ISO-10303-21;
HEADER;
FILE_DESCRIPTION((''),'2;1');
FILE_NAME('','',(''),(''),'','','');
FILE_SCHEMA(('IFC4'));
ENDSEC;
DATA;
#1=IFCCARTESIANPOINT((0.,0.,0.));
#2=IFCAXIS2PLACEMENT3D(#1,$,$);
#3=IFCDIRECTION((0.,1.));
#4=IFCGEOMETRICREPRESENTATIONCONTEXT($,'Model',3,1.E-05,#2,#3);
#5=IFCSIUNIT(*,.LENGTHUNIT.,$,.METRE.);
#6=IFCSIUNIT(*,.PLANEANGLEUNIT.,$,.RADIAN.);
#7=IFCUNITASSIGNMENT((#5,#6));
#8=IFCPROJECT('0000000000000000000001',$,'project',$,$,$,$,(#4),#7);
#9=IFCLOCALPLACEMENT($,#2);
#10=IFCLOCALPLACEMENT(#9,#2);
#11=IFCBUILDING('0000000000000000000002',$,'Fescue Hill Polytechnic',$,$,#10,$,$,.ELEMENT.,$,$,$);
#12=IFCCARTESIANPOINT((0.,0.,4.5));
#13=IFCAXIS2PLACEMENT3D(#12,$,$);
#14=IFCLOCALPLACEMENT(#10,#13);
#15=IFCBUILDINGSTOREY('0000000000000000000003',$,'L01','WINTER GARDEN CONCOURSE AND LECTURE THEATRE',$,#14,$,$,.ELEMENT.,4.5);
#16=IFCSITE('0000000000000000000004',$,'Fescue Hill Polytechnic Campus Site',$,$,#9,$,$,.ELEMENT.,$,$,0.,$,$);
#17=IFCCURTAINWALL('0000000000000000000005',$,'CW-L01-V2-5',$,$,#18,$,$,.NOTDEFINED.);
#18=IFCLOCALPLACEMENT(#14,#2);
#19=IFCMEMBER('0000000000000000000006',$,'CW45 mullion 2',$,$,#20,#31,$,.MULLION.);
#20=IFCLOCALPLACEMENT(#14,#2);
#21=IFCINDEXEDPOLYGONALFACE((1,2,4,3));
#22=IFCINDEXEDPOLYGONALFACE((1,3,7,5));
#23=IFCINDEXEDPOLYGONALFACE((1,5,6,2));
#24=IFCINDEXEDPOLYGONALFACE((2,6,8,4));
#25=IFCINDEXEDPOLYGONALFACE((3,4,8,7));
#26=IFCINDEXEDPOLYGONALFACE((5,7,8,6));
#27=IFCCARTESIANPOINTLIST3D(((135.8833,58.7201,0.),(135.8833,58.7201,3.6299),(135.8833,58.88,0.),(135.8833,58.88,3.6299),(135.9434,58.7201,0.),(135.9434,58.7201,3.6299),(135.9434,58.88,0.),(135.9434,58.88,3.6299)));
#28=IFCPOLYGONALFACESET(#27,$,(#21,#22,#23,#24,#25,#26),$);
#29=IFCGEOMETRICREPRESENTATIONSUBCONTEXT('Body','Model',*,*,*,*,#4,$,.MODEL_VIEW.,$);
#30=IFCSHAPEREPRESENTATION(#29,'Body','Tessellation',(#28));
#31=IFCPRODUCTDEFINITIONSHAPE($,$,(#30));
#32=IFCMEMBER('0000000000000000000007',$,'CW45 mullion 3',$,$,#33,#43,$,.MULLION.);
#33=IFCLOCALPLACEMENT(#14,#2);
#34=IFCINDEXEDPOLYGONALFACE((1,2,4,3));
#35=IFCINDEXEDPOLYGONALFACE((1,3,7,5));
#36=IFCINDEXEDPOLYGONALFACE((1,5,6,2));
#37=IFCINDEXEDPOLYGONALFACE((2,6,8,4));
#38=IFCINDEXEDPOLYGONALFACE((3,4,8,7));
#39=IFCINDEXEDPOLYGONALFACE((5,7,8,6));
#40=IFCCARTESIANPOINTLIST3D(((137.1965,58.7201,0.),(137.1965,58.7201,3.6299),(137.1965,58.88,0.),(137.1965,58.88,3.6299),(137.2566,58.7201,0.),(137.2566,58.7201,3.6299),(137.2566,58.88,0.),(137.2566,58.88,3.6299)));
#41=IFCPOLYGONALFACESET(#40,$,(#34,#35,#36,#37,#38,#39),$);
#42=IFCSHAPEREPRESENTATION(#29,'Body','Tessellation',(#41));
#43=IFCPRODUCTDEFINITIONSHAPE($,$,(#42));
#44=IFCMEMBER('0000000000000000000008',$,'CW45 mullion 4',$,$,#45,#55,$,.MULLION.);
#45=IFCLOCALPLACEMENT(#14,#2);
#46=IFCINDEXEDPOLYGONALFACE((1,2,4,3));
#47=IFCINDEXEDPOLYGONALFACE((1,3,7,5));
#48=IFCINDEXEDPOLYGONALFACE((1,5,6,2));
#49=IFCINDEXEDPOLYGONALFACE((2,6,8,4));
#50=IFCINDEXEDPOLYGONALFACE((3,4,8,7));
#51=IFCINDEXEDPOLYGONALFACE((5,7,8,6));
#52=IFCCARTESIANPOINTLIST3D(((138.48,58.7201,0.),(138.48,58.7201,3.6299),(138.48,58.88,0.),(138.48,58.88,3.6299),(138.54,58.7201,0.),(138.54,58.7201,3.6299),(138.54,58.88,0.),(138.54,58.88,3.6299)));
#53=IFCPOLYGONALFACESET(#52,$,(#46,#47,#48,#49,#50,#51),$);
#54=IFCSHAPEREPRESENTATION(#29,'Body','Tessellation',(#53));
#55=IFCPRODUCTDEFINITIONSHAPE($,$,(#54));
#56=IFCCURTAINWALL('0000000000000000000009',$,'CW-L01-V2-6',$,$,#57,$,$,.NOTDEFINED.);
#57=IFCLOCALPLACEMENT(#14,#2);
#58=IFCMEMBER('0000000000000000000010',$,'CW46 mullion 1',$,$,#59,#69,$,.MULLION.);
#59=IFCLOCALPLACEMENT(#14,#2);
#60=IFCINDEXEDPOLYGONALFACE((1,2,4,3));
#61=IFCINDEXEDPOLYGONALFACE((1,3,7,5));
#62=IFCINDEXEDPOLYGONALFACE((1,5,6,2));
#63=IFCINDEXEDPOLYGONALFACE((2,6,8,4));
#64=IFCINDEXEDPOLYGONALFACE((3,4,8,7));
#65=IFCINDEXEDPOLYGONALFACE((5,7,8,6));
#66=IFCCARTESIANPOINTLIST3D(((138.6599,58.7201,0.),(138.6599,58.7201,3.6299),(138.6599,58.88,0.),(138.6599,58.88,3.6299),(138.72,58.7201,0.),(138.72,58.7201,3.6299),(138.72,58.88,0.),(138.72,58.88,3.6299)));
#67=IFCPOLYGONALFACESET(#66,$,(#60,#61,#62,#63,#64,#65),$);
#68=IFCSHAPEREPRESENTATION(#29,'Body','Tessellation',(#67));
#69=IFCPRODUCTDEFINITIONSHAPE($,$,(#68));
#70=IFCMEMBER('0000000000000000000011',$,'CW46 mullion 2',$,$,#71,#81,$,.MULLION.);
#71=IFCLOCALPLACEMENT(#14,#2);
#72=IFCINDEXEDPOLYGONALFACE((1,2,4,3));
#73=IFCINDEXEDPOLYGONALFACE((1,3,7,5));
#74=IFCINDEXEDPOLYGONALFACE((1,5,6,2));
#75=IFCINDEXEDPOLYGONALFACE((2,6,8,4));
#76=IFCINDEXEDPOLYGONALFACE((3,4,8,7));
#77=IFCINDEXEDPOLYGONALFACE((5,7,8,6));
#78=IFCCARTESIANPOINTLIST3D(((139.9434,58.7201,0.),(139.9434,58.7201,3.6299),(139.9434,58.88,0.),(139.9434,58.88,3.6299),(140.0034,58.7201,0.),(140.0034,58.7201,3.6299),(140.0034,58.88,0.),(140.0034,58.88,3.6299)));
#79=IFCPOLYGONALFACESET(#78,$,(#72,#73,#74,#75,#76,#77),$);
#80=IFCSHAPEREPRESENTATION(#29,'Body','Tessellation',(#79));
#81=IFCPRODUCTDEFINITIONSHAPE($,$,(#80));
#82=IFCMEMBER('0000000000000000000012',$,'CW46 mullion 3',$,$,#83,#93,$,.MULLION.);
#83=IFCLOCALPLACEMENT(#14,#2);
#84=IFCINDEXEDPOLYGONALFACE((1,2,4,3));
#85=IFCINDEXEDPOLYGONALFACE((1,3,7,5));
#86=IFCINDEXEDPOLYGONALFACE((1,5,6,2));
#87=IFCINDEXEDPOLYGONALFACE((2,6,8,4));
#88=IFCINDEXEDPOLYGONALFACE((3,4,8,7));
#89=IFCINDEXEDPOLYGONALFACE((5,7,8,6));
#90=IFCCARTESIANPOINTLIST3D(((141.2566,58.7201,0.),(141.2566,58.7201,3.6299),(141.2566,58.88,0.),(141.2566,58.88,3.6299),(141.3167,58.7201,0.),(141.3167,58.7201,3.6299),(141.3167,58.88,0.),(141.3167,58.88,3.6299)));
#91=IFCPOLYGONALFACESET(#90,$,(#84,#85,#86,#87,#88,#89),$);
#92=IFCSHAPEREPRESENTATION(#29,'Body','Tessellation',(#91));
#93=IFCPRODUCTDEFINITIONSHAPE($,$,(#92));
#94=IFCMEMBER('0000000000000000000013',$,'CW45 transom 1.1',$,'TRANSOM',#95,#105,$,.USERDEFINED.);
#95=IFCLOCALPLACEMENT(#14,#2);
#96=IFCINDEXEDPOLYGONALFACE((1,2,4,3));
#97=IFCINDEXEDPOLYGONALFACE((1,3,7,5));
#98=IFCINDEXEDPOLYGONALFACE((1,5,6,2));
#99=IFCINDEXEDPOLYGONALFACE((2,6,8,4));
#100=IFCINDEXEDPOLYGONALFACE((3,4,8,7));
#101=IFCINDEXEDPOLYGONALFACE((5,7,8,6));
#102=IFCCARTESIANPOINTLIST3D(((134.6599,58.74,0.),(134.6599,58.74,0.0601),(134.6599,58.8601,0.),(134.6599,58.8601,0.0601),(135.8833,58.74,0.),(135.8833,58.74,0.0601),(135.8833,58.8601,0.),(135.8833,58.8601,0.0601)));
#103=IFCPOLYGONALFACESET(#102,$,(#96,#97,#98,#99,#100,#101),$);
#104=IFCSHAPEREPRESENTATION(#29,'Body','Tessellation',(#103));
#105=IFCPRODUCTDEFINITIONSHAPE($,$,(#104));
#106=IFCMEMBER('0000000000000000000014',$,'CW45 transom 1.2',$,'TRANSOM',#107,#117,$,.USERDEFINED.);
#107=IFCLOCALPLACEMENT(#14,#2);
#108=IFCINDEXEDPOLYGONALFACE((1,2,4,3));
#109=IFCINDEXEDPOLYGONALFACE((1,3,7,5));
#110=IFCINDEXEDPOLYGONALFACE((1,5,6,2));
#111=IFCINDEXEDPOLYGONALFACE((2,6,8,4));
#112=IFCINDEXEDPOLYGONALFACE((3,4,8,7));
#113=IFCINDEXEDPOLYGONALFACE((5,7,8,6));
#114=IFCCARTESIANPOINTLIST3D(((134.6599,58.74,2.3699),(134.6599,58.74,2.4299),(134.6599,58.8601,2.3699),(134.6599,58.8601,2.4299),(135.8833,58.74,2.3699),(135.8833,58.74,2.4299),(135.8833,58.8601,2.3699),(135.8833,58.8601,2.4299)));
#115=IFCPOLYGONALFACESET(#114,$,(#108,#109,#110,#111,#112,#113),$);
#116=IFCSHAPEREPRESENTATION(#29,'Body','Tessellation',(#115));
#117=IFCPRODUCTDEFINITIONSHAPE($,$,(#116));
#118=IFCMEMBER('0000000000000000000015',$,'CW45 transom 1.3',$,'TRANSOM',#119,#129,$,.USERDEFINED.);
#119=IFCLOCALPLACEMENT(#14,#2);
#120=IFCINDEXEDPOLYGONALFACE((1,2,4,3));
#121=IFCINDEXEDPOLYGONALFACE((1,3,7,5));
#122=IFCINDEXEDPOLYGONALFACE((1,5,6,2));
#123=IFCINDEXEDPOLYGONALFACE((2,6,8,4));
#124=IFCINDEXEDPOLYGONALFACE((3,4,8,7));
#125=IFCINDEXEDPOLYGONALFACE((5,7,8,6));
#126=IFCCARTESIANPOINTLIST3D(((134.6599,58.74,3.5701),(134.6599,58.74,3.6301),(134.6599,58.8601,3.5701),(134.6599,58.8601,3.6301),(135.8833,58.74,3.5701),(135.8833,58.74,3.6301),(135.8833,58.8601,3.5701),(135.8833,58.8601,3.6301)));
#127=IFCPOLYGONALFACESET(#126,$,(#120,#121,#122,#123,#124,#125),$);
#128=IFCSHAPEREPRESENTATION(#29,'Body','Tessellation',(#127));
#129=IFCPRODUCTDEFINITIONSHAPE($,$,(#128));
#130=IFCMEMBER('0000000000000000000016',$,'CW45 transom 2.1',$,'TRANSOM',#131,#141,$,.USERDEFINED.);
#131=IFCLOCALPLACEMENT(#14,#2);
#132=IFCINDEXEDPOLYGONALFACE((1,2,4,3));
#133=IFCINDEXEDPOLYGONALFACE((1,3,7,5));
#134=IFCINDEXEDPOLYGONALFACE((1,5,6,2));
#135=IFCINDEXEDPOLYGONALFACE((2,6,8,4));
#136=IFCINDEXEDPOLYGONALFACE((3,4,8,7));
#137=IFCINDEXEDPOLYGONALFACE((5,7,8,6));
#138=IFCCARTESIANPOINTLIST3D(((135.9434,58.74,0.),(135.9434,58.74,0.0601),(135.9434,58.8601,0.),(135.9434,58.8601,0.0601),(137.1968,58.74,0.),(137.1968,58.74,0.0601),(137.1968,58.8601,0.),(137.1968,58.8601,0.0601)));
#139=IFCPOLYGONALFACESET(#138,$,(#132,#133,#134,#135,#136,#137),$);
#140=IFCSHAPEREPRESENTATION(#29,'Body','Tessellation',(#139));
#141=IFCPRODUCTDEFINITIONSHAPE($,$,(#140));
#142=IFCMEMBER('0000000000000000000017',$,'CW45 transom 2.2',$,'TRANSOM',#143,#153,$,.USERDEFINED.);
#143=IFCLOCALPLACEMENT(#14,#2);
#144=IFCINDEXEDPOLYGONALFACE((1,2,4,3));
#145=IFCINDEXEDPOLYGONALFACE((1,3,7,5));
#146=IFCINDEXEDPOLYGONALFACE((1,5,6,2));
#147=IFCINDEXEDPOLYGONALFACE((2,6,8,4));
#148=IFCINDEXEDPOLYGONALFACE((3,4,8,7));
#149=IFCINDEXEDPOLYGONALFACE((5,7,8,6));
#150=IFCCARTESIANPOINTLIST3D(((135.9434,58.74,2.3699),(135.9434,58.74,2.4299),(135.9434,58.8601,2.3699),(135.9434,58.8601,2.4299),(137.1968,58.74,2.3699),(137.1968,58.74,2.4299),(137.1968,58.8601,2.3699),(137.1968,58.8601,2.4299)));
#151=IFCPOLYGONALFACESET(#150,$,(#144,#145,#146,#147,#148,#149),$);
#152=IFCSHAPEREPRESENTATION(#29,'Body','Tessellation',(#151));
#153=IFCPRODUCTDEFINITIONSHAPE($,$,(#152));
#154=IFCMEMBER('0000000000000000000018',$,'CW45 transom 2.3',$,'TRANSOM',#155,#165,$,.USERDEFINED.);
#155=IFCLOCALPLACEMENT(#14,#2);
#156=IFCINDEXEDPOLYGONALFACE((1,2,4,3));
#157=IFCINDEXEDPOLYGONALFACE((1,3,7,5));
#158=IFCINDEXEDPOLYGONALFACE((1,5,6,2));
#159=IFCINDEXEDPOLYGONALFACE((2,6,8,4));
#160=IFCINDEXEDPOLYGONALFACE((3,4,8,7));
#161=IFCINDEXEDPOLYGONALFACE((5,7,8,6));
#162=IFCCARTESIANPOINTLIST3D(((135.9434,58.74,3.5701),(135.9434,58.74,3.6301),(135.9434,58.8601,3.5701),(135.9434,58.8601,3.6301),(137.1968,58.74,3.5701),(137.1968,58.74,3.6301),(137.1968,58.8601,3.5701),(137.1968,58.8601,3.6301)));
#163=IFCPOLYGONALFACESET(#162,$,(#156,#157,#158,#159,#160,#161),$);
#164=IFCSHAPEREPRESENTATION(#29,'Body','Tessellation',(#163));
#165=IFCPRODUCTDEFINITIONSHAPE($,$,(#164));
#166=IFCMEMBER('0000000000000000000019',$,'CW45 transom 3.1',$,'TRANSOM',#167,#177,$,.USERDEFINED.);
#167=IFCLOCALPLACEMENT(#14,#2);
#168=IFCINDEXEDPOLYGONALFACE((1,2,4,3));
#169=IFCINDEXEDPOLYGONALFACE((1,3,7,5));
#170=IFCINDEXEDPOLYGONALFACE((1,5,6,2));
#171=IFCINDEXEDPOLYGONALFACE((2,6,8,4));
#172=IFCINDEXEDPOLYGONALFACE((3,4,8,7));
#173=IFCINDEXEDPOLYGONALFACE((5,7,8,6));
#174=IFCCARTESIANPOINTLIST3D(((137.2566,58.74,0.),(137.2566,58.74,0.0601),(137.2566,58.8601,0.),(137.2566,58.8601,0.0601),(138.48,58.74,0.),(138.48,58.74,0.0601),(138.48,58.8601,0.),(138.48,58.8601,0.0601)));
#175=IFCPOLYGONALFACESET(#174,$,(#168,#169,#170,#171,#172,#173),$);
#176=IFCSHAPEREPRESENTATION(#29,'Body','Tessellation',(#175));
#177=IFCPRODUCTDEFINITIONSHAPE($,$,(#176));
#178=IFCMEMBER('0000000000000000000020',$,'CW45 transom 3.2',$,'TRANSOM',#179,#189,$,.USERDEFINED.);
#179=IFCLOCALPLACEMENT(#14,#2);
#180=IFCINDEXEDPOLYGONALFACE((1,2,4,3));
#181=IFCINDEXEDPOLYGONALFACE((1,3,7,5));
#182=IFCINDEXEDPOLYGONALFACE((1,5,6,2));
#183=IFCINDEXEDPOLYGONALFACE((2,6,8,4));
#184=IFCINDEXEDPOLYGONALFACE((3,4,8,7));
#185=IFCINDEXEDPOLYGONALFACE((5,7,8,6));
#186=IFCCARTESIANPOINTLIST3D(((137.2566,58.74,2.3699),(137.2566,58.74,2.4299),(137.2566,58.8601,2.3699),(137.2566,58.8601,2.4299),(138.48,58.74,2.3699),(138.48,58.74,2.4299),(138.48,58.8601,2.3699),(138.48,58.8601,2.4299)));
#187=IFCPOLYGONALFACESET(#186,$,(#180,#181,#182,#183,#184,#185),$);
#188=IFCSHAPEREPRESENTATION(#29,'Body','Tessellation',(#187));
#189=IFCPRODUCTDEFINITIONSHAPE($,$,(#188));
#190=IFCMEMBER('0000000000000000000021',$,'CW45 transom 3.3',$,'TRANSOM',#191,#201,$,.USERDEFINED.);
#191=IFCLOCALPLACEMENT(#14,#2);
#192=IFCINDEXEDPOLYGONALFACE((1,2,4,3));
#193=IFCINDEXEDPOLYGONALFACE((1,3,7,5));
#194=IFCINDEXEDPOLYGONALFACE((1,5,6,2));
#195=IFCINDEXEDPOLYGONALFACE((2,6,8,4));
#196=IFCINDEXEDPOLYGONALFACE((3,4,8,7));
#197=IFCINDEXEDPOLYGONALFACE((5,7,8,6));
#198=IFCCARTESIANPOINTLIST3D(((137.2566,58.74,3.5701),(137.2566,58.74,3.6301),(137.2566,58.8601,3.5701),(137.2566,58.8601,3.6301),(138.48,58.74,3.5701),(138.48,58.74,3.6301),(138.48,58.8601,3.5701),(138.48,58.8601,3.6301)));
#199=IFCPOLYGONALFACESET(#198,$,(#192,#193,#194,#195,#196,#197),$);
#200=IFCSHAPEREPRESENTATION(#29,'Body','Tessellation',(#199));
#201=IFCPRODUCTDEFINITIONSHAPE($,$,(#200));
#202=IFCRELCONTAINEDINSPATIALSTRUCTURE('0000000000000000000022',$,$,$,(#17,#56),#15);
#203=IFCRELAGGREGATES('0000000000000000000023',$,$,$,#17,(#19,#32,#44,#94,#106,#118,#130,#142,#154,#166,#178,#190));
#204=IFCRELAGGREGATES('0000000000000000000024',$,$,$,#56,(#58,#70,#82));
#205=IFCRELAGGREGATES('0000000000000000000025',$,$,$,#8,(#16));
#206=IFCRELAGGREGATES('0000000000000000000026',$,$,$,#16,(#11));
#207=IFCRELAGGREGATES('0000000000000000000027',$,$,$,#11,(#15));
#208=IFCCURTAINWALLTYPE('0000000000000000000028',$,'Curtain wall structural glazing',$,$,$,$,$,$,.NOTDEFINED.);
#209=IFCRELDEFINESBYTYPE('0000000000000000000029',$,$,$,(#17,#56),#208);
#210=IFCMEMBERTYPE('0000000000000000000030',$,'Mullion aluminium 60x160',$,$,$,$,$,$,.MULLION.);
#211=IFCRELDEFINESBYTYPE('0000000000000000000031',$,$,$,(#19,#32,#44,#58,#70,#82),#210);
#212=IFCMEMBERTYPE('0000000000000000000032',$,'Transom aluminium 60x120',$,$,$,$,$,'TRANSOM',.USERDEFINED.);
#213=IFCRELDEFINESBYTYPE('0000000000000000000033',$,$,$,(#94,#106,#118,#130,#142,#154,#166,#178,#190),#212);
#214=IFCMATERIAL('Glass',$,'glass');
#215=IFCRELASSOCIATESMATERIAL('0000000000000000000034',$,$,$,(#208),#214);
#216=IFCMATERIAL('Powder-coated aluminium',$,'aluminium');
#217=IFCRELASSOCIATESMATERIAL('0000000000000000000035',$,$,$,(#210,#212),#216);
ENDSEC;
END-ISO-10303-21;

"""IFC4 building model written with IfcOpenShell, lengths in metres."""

from ifc_helpers import new_model, si_unit, direction, frame, origin, origin_2d, place, context, subcontext, project, spatial, rectangle, extrude, material, material_profile, profile_set, type_object, element, aggregate, save


model = new_model("IFC4")

# Units and contexts
model_context = context("Model", 3, precision=1e-05, world=origin(), true_north=direction((0.0, 1.0)))
body_context = subcontext(model_context, "Body", "Model", "MODEL_VIEW")
ifc_project = project(units=[si_unit("LENGTHUNIT", "METRE"), si_unit("PLANEANGLEUNIT", "RADIAN")], contexts=[model_context])

# Site, building, storey
site_placement = place(None, origin())
site = spatial("IfcSite", under=ifc_project, at=site_placement, Name="Fescue Hill Polytechnic Campus Site", CompositionType="ELEMENT", RefElevation=0.0)
building_placement = place(site_placement, origin())
building = spatial("IfcBuilding", under=site, at=building_placement, Name="Fescue Hill Polytechnic", CompositionType="ELEMENT")
storey_placement = place(building_placement, frame((0.0, 0.0, 4.5)))
storey = spatial("IfcBuildingStorey", under=building, at=storey_placement, Name="L01", Description="WINTER GARDEN CONCOURSE AND LECTURE THEATRE", CompositionType="ELEMENT", Elevation=4.5)

# Curtain walls, members
ifc_material_1 = material(Name="Glass", Category="glass")
curtain_wall_type = type_object("IfcCurtainWallType", Name="Curtain wall structural glazing", PredefinedType="NOTDEFINED", material=ifc_material_1)
curtain_wall_1_placement = place(storey_placement, origin())
curtain_wall_1 = element("IfcCurtainWall", 1, at=curtain_wall_1_placement, inside=storey, type_object=curtain_wall_type, Name="CW-L01-V2-5", PredefinedType="NOTDEFINED")
ifc_material_2 = material(Name="Powder-coated aluminium", Category="aluminium")
ifc_material_profile_1 = material_profile(ifc_material_2, rectangle(XDim=0.1599, YDim=0.0601, at=origin_2d()), Name="Mullion aluminium 60x160")
ifc_profile_set_1 = profile_set([ifc_material_profile_1], Name="Powder-coated aluminium")
member_type_1 = type_object("IfcMemberType", Name="Mullion aluminium 60x160", PredefinedType="MULLION", material=ifc_profile_set_1)
member_1_placement = place(storey_placement, frame((135.9133, 58.8, 0.0), z_axis=(0.0, 0.0, 1.0), x_axis=(0.0, 1.0, 0.0)))
member_1 = element("IfcMember", 2, at=member_1_placement, type_object=member_type_1, Name="CW45 mullion 2", PredefinedType="MULLION", context=body_context, shape_type="SweptSolid", body=[
    extrude(rectangle(XDim=0.1599, YDim=0.0601, at=origin_2d()), origin(), (0.0, 0.0, 1.0), 3.6299),
])
member_2_placement = place(storey_placement, frame((137.2266, 58.8, 0.0), z_axis=(0.0, 0.0, 1.0), x_axis=(0.0, 1.0, 0.0)))
member_2 = element("IfcMember", 3, at=member_2_placement, type_object=member_type_1, Name="CW45 mullion 3", PredefinedType="MULLION", context=body_context, shape_type="SweptSolid", body=[
    extrude(rectangle(XDim=0.1599, YDim=0.0601, at=origin_2d()), origin(), (0.0, 0.0, 1.0), 3.6299),
])
member_3_placement = place(storey_placement, frame((138.51, 58.8, 0.0), z_axis=(0.0, 0.0, 1.0), x_axis=(0.0, 1.0, 0.0)))
member_3 = element("IfcMember", 4, at=member_3_placement, type_object=member_type_1, Name="CW45 mullion 4", PredefinedType="MULLION", context=body_context, shape_type="SweptSolid", body=[
    extrude(rectangle(XDim=0.1599, YDim=0.0601, at=origin_2d()), origin(), (0.0, 0.0, 1.0), 3.6299),
])
curtain_wall_2_placement = place(storey_placement, origin())
curtain_wall_2 = element("IfcCurtainWall", 5, at=curtain_wall_2_placement, inside=storey, type_object=curtain_wall_type, Name="CW-L01-V2-6", PredefinedType="NOTDEFINED")
member_4_placement = place(storey_placement, frame((138.6899, 58.8, 0.0), z_axis=(0.0, 0.0, 1.0), x_axis=(0.0, 1.0, 0.0)))
member_4 = element("IfcMember", 6, at=member_4_placement, type_object=member_type_1, Name="CW46 mullion 1", PredefinedType="MULLION", context=body_context, shape_type="SweptSolid", body=[
    extrude(rectangle(XDim=0.1599, YDim=0.0601, at=origin_2d()), origin(), (0.0, 0.0, 1.0), 3.6299),
])
member_5_placement = place(storey_placement, frame((139.9734, 58.8, 0.0), z_axis=(0.0, 0.0, 1.0), x_axis=(0.0, 1.0, 0.0)))
member_5 = element("IfcMember", 7, at=member_5_placement, type_object=member_type_1, Name="CW46 mullion 2", PredefinedType="MULLION", context=body_context, shape_type="SweptSolid", body=[
    extrude(rectangle(XDim=0.1599, YDim=0.0601, at=origin_2d()), origin(), (0.0, 0.0, 1.0), 3.6299),
])
member_6_placement = place(storey_placement, frame((141.2866, 58.8, 0.0), z_axis=(0.0, 0.0, 1.0), x_axis=(0.0, 1.0, 0.0)))
member_6 = element("IfcMember", 8, at=member_6_placement, type_object=member_type_1, Name="CW46 mullion 3", PredefinedType="MULLION", context=body_context, shape_type="SweptSolid", body=[
    extrude(rectangle(XDim=0.1599, YDim=0.0601, at=origin_2d()), origin(), (0.0, 0.0, 1.0), 3.6299),
])

# Members
ifc_material_profile_2 = material_profile(ifc_material_2, rectangle(XDim=0.1201, YDim=0.0601, at=origin_2d()), Name="Transom aluminium 60x120")
ifc_profile_set_2 = profile_set([ifc_material_profile_2], Name="Powder-coated aluminium")
member_type_2 = type_object("IfcMemberType", Name="Transom aluminium 60x120", ElementType="TRANSOM", PredefinedType="USERDEFINED", material=ifc_profile_set_2)
member_7_placement = place(storey_placement, frame((134.6599, 58.8, 0.03), z_axis=(1.0, 0.0, 0.0), x_axis=(0.0, 1.0, 0.0)))
member_7 = element("IfcMember", 9, at=member_7_placement, type_object=member_type_2, Name="CW45 transom 1.1", ObjectType="TRANSOM", PredefinedType="USERDEFINED", context=body_context, shape_type="SweptSolid", body=[
    extrude(rectangle(XDim=0.1201, YDim=0.0601, at=origin_2d()), origin(), (0.0, 0.0, 1.0), 1.2234),
])
member_8_placement = place(storey_placement, frame((134.6599, 58.8, 2.3999), z_axis=(1.0, 0.0, 0.0), x_axis=(0.0, 1.0, 0.0)))
member_8 = element("IfcMember", 10, at=member_8_placement, type_object=member_type_2, Name="CW45 transom 1.2", ObjectType="TRANSOM", PredefinedType="USERDEFINED", context=body_context, shape_type="SweptSolid", body=[
    extrude(rectangle(XDim=0.1201, YDim=0.0601, at=origin_2d()), origin(), (0.0, 0.0, 1.0), 1.2234),
])
member_9_placement = place(storey_placement, frame((134.6599, 58.8, 3.6001), z_axis=(1.0, 0.0, 0.0), x_axis=(0.0, 1.0, 0.0)))
member_9 = element("IfcMember", 11, at=member_9_placement, type_object=member_type_2, Name="CW45 transom 1.3", ObjectType="TRANSOM", PredefinedType="USERDEFINED", context=body_context, shape_type="SweptSolid", body=[
    extrude(rectangle(XDim=0.1201, YDim=0.0601, at=origin_2d()), origin(), (0.0, 0.0, 1.0), 1.2234),
])
member_10_placement = place(storey_placement, frame((135.9434, 58.8, 0.03), z_axis=(1.0, 0.0, 0.0), x_axis=(0.0, 1.0, 0.0)))
member_10 = element("IfcMember", 12, at=member_10_placement, type_object=member_type_2, Name="CW45 transom 2.1", ObjectType="TRANSOM", PredefinedType="USERDEFINED", context=body_context, shape_type="SweptSolid", body=[
    extrude(rectangle(XDim=0.1201, YDim=0.0601, at=origin_2d()), origin(), (0.0, 0.0, 1.0), 1.2534),
])
member_11_placement = place(storey_placement, frame((135.9434, 58.8, 2.3999), z_axis=(1.0, 0.0, 0.0), x_axis=(0.0, 1.0, 0.0)))
member_11 = element("IfcMember", 13, at=member_11_placement, type_object=member_type_2, Name="CW45 transom 2.2", ObjectType="TRANSOM", PredefinedType="USERDEFINED", context=body_context, shape_type="SweptSolid", body=[
    extrude(rectangle(XDim=0.1201, YDim=0.0601, at=origin_2d()), origin(), (0.0, 0.0, 1.0), 1.2534),
])
member_12_placement = place(storey_placement, frame((135.9434, 58.8, 3.6001), z_axis=(1.0, 0.0, 0.0), x_axis=(0.0, 1.0, 0.0)))
member_12 = element("IfcMember", 14, at=member_12_placement, type_object=member_type_2, Name="CW45 transom 2.3", ObjectType="TRANSOM", PredefinedType="USERDEFINED", context=body_context, shape_type="SweptSolid", body=[
    extrude(rectangle(XDim=0.1201, YDim=0.0601, at=origin_2d()), origin(), (0.0, 0.0, 1.0), 1.2534),
])
member_13_placement = place(storey_placement, frame((137.2566, 58.8, 0.03), z_axis=(1.0, 0.0, 0.0), x_axis=(0.0, 1.0, 0.0)))
member_13 = element("IfcMember", 15, at=member_13_placement, type_object=member_type_2, Name="CW45 transom 3.1", ObjectType="TRANSOM", PredefinedType="USERDEFINED", context=body_context, shape_type="SweptSolid", body=[
    extrude(rectangle(XDim=0.1201, YDim=0.0601, at=origin_2d()), origin(), (0.0, 0.0, 1.0), 1.2234),
])
member_14_placement = place(storey_placement, frame((137.2566, 58.8, 2.3999), z_axis=(1.0, 0.0, 0.0), x_axis=(0.0, 1.0, 0.0)))
member_14 = element("IfcMember", 16, at=member_14_placement, type_object=member_type_2, Name="CW45 transom 3.2", ObjectType="TRANSOM", PredefinedType="USERDEFINED", context=body_context, shape_type="SweptSolid", body=[
    extrude(rectangle(XDim=0.1201, YDim=0.0601, at=origin_2d()), origin(), (0.0, 0.0, 1.0), 1.2234),
])
member_15_placement = place(storey_placement, frame((137.2566, 58.8, 3.6001), z_axis=(1.0, 0.0, 0.0), x_axis=(0.0, 1.0, 0.0)))
member_15 = element("IfcMember", 17, at=member_15_placement, type_object=member_type_2, Name="CW45 transom 3.3", ObjectType="TRANSOM", PredefinedType="USERDEFINED", context=body_context, shape_type="SweptSolid", body=[
    extrude(rectangle(XDim=0.1201, YDim=0.0601, at=origin_2d()), origin(), (0.0, 0.0, 1.0), 1.2234),
])

aggregate(curtain_wall_1, [member_1, member_2, member_3, member_7, member_8, member_9, member_10, member_11, member_12, member_13, member_14, member_15])
aggregate(curtain_wall_2, [member_4, member_5, member_6])

save(model, "model.ifc")
